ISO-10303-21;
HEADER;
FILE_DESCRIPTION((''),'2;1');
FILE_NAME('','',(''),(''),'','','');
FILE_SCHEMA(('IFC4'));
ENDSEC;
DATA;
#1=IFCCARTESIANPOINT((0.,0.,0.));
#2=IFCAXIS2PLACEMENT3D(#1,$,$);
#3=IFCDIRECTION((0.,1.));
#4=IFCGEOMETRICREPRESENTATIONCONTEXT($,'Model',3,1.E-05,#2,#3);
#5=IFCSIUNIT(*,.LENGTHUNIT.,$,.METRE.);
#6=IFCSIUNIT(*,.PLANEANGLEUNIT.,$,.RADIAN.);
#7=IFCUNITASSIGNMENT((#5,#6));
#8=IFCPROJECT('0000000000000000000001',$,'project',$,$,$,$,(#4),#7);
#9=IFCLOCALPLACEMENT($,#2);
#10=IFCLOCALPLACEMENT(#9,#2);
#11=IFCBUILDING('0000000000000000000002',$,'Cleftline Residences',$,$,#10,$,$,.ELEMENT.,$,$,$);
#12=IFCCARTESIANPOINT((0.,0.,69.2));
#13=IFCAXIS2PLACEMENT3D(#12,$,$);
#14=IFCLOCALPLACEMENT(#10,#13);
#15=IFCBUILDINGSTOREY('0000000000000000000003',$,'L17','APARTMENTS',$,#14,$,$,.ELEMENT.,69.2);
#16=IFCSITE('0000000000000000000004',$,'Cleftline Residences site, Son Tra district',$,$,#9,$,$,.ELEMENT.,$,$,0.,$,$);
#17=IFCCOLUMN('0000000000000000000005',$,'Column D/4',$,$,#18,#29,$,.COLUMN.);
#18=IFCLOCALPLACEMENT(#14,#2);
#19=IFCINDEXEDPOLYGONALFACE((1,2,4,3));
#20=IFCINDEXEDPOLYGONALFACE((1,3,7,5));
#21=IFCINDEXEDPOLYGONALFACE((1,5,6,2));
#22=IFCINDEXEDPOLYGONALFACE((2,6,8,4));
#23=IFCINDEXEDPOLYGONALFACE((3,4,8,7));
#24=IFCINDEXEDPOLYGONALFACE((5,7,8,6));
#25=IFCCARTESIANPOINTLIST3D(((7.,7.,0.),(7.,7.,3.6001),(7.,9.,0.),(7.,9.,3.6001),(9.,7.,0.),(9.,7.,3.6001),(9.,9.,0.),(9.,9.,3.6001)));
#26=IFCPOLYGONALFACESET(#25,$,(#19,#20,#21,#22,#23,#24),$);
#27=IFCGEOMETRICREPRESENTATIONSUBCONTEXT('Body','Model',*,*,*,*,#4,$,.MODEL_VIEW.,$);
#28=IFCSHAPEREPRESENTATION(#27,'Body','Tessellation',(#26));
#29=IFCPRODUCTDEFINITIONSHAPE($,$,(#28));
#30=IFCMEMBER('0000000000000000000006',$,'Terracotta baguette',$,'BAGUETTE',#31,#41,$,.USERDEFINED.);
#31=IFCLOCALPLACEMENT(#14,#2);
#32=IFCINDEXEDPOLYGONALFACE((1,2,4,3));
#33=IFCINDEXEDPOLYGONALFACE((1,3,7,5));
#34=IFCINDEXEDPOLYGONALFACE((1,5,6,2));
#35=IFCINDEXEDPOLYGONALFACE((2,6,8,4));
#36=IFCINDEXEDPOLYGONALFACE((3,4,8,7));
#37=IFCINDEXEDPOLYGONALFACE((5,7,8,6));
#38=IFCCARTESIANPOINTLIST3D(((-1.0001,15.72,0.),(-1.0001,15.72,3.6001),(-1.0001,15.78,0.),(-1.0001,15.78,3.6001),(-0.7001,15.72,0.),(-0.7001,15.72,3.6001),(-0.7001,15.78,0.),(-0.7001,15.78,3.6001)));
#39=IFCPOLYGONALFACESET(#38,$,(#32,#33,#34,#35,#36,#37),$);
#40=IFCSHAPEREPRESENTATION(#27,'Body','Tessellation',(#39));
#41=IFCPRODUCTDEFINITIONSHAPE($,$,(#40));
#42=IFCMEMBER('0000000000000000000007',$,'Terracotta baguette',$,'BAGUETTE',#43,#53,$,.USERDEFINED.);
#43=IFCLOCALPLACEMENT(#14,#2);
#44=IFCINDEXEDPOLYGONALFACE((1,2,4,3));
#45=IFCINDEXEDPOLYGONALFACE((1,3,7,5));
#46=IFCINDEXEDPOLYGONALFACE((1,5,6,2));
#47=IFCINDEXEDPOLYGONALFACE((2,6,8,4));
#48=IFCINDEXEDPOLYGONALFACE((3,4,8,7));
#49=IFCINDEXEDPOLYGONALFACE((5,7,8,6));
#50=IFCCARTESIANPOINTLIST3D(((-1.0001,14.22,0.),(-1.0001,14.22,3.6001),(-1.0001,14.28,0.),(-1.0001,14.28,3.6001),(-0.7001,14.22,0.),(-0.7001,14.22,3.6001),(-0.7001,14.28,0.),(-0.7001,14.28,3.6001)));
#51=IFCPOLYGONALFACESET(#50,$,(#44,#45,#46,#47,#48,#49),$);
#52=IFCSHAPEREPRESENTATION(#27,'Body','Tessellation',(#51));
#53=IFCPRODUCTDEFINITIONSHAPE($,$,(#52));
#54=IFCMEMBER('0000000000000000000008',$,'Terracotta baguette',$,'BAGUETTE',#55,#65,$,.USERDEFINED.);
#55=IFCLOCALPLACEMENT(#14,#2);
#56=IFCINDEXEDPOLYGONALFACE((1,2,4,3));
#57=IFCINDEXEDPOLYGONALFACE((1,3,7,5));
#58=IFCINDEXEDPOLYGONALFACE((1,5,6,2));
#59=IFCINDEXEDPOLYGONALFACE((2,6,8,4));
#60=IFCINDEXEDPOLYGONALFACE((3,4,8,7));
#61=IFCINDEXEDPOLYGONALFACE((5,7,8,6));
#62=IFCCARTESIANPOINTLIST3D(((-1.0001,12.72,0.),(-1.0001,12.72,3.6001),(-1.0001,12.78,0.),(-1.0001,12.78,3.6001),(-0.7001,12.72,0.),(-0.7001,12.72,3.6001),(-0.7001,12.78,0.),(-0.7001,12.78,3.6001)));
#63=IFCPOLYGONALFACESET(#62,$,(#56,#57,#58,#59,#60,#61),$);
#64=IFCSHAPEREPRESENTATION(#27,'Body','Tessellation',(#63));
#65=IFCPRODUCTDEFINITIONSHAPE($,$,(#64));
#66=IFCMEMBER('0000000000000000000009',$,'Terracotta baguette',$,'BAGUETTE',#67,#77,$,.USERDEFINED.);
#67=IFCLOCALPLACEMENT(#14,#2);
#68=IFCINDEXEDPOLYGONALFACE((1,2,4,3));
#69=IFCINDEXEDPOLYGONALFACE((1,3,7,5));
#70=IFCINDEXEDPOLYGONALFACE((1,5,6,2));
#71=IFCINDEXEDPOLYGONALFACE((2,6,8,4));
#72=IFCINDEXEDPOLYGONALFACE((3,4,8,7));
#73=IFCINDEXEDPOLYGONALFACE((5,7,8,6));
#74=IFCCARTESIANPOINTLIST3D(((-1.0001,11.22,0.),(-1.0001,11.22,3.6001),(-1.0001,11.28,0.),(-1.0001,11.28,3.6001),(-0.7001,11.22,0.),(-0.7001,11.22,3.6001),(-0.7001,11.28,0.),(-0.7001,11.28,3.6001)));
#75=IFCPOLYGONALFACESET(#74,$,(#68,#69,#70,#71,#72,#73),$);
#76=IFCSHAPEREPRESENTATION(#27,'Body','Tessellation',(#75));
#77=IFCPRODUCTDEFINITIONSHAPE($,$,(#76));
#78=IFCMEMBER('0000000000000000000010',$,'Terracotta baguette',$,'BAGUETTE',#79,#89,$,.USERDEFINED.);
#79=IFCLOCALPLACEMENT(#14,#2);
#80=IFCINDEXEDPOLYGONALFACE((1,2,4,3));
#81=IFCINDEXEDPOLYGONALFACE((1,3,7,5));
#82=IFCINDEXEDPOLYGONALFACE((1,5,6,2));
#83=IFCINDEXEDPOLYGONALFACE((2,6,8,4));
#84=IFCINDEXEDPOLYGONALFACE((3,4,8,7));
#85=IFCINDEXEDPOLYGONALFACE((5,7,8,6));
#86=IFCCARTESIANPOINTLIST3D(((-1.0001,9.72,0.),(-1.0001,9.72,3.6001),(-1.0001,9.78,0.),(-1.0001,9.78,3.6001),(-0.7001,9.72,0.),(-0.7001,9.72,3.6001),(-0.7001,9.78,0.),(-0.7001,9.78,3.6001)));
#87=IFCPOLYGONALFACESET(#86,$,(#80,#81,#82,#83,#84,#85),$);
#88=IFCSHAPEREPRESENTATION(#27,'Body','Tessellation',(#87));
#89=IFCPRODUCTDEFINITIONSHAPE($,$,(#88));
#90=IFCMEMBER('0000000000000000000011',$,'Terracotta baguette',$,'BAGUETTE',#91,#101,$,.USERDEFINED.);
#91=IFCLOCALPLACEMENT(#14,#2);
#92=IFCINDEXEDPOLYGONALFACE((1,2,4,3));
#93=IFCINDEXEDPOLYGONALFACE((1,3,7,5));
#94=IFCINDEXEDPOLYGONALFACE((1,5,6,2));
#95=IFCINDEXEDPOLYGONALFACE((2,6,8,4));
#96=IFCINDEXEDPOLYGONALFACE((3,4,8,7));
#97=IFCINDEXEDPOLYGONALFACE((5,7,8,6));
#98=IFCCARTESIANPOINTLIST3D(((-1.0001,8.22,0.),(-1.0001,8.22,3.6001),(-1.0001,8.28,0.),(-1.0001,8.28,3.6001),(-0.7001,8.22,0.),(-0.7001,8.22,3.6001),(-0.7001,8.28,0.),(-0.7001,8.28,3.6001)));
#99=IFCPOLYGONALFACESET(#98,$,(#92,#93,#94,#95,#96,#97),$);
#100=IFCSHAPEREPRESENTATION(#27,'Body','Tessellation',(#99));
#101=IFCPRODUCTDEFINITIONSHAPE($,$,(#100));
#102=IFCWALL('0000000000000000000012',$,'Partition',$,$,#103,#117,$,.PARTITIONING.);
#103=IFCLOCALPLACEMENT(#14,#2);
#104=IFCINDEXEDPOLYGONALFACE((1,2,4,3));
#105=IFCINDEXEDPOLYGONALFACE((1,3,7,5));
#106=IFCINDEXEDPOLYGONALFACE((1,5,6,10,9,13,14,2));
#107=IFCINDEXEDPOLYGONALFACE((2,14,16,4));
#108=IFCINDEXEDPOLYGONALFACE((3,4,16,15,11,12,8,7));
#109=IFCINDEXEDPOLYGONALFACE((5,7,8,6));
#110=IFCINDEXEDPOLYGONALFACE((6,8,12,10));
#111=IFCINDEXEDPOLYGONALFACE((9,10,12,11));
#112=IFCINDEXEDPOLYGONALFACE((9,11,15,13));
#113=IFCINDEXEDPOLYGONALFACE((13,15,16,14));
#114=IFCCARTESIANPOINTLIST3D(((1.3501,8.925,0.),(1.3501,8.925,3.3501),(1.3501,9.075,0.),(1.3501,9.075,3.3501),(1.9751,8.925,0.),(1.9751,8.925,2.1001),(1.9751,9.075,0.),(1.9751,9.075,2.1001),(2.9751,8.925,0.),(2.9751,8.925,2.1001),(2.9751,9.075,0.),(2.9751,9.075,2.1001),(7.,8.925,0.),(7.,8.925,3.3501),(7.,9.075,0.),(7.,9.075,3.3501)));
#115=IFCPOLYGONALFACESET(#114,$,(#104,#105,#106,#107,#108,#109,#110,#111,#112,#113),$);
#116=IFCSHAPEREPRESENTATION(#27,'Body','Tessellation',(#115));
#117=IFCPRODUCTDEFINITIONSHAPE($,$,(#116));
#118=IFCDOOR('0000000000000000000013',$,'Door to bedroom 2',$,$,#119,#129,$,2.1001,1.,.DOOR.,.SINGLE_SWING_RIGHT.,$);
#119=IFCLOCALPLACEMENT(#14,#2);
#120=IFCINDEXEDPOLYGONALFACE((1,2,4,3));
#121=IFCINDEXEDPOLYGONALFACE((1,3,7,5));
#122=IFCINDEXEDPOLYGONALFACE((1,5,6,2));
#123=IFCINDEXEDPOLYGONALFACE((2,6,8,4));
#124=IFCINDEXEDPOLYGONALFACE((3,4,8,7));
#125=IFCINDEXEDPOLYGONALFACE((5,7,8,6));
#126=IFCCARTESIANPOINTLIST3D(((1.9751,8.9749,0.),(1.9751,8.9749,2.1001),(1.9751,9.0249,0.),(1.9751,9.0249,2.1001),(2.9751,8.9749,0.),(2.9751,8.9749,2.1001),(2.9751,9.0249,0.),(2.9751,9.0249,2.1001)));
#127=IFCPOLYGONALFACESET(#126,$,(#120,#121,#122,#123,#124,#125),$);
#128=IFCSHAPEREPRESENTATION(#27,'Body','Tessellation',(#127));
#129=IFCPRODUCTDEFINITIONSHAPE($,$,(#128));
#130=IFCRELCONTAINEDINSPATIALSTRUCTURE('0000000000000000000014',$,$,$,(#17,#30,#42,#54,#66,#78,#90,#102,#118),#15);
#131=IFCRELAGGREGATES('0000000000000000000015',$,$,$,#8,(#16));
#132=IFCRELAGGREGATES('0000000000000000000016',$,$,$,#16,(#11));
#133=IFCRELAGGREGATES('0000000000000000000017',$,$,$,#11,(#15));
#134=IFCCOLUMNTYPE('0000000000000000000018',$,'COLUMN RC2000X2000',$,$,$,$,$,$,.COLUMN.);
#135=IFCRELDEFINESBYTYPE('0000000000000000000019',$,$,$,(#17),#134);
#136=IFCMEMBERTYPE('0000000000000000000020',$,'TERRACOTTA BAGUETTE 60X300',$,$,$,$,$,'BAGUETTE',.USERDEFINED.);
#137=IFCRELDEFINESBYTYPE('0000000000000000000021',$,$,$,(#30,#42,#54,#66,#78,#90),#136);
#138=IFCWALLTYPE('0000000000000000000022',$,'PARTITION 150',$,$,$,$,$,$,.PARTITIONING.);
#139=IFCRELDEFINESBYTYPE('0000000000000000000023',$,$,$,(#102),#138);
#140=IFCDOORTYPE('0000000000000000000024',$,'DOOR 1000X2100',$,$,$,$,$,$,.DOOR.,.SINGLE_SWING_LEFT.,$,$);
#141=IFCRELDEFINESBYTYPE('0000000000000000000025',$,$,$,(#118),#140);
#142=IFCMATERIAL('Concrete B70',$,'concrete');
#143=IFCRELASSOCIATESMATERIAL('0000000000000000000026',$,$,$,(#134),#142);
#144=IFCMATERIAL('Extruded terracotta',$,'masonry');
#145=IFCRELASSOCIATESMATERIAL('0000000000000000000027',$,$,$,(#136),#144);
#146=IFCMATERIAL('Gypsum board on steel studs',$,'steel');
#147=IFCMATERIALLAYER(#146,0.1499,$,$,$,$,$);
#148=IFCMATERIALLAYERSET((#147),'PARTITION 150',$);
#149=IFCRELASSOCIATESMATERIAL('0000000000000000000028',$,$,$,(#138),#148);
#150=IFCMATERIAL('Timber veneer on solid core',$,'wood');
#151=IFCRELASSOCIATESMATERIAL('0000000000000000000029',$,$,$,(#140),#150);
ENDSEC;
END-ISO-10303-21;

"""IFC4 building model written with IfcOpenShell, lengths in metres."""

from ifc_helpers import new_model, si_unit, direction, frame, frame_2d, origin, origin_2d, place, context, subcontext, project, spatial, rectangle, extrude, material, layer, layer_set, material_profile, profile_set, type_object, element, fill, save


model = new_model("IFC4")

# Units and contexts
model_context = context("Model", 3, precision=1e-05, world=origin(), true_north=direction((0.0, 1.0)))
body_context = subcontext(model_context, "Body", "Model", "MODEL_VIEW")
ifc_project = project(units=[si_unit("LENGTHUNIT", "METRE"), si_unit("PLANEANGLEUNIT", "RADIAN")], contexts=[model_context])

# Site, building, storey
site_placement = place(None, origin())
site = spatial("IfcSite", under=ifc_project, at=site_placement, Name="Cleftline Residences site, Son Tra district", CompositionType="ELEMENT", RefElevation=0.0)
building_placement = place(site_placement, origin())
building = spatial("IfcBuilding", under=site, at=building_placement, Name="Cleftline Residences", CompositionType="ELEMENT")
storey_placement = place(building_placement, frame((0.0, 0.0, 69.2)))
storey = spatial("IfcBuildingStorey", under=building, at=storey_placement, Name="L17", Description="APARTMENTS", CompositionType="ELEMENT", Elevation=69.2)

# Column
ifc_material_1 = material(Name="Concrete B70", Category="concrete")
ifc_material_profile_1 = material_profile(ifc_material_1, rectangle(XDim=2.0, YDim=2.0, at=origin_2d()))
ifc_profile_set_1 = profile_set([ifc_material_profile_1], Name="Concrete B70")
column_type = type_object("IfcColumnType", Name="COLUMN RC2000X2000", PredefinedType="COLUMN", material=ifc_profile_set_1)
column_placement = place(storey_placement, frame((8.0, 8.0, 0.0), z_axis=(0.0, 0.0, 1.0), x_axis=(1.0, 0.0, 0.0)))
element("IfcColumn", 1, at=column_placement, inside=storey, type_object=column_type, Name="Column D/4", PredefinedType="COLUMN", context=body_context, shape_type="SweptSolid", body=[
    extrude(rectangle(XDim=2.0, YDim=2.0, at=origin_2d()), origin(), (0.0, 0.0, 1.0), 3.6001),
])

# Members
ifc_material_2 = material(Name="Extruded terracotta", Category="masonry")
ifc_material_profile_2 = material_profile(ifc_material_2, rectangle(XDim=0.0601, YDim=0.3, at=origin_2d()))
ifc_profile_set_2 = profile_set([ifc_material_profile_2], Name="Extruded terracotta")
member_type = type_object("IfcMemberType", Name="TERRACOTTA BAGUETTE 60X300", ElementType="BAGUETTE", PredefinedType="USERDEFINED", material=ifc_profile_set_2)
for number, where, z_axis, x_axis, name in (
    (2, (-0.8501, 15.75, 0.0), (0.0, 0.0, 1.0), (0.0, 1.0, 0.0), "Terracotta baguette"),
    (3, (-0.8501, 14.25, 0.0), (0.0, 0.0, 1.0), (0.0, 1.0, 0.0), "Terracotta baguette"),
    (4, (-0.8501, 12.75, 0.0), (0.0, 0.0, 1.0), (0.0, 1.0, 0.0), "Terracotta baguette"),
    (5, (-0.8501, 11.25, 0.0), (0.0, 0.0, 1.0), (0.0, 1.0, 0.0), "Terracotta baguette"),
    (6, (-0.8501, 9.75, 0.0), (0.0, 0.0, 1.0), (0.0, 1.0, 0.0), "Terracotta baguette"),
    (7, (-0.8501, 8.25, 0.0), (0.0, 0.0, 1.0), (0.0, 1.0, 0.0), "Terracotta baguette"),
):
    element("IfcMember", number, at=place(storey_placement, frame(where, z_axis=z_axis, x_axis=x_axis)), inside=storey, type_object=member_type, Name=name, ObjectType="BAGUETTE", PredefinedType="USERDEFINED", context=body_context, shape_type="SweptSolid", body=[
        extrude(rectangle(XDim=0.0601, YDim=0.3, at=origin_2d()), origin(), (0.0, 0.0, 1.0), 3.6001),
    ])

# Wall, opening, door
ifc_material_3 = material(Name="Gypsum board on steel studs", Category="steel")
ifc_layer = layer(ifc_material_3, 0.1499)
ifc_layer_set = layer_set([ifc_layer], Name="PARTITION 150")
wall_type = type_object("IfcWallType", Name="PARTITION 150", PredefinedType="PARTITIONING", material=ifc_layer_set)
wall_1_placement = place(storey_placement, frame((1.3501, 9.0, 0.0), z_axis=(0.0, 0.0, 1.0), x_axis=(1.0, 0.0, 0.0)))
wall_1 = element("IfcWall", 8, at=wall_1_placement, inside=storey, type_object=wall_type, Name="Partition", PredefinedType="PARTITIONING", context=body_context, shape_type="SweptSolid", body=[
    extrude(rectangle(XDim=5.6499, YDim=0.1499, at=frame_2d((2.825, 0.0))), origin(), (0.0, 0.0, 1.0), 3.3501),
])
opening_1_placement = place(wall_1_placement, frame((0.625, 0.0, 0.0)))
opening_1 = element("IfcOpeningElement", 9, at=opening_1_placement, cuts=wall_1, PredefinedType="OPENING", context=body_context, shape_type="SweptSolid", body=[
    extrude(rectangle(XDim=1.0, YDim=2.1001, at=frame_2d((0.5, 1.05))), frame((0.0, 0.085, 0.0), z_axis=(0.0, -1.0, 0.0), x_axis=(1.0, 0.0, 0.0)), (0.0, 0.0, 1.0), 0.1699),
])
ifc_material_4 = material(Name="Timber veneer on solid core", Category="wood")
door_type_1 = type_object("IfcDoorType", Name="DOOR 1000X2100", OperationType="SINGLE_SWING_LEFT", PredefinedType="DOOR", material=ifc_material_4)
door_1_placement = place(opening_1_placement, origin())
door_1 = element("IfcDoor", 10, at=door_1_placement, inside=storey, type_object=door_type_1, Name="Door to bedroom 2", OperationType="SINGLE_SWING_RIGHT", OverallHeight=2.1001, OverallWidth=1.0, PredefinedType="DOOR", context=body_context, shape_type="SweptSolid", body=[
    extrude(rectangle(XDim=1.0, YDim=2.1001, at=frame_2d((0.5, 1.05))), frame((0.0, 0.0249, 0.0), z_axis=(0.0, -1.0, 0.0), x_axis=(1.0, 0.0, 0.0)), (0.0, 0.0, 1.0), 0.05),
])
fill(opening_1, door_1)

save(model, "model.ifc")
